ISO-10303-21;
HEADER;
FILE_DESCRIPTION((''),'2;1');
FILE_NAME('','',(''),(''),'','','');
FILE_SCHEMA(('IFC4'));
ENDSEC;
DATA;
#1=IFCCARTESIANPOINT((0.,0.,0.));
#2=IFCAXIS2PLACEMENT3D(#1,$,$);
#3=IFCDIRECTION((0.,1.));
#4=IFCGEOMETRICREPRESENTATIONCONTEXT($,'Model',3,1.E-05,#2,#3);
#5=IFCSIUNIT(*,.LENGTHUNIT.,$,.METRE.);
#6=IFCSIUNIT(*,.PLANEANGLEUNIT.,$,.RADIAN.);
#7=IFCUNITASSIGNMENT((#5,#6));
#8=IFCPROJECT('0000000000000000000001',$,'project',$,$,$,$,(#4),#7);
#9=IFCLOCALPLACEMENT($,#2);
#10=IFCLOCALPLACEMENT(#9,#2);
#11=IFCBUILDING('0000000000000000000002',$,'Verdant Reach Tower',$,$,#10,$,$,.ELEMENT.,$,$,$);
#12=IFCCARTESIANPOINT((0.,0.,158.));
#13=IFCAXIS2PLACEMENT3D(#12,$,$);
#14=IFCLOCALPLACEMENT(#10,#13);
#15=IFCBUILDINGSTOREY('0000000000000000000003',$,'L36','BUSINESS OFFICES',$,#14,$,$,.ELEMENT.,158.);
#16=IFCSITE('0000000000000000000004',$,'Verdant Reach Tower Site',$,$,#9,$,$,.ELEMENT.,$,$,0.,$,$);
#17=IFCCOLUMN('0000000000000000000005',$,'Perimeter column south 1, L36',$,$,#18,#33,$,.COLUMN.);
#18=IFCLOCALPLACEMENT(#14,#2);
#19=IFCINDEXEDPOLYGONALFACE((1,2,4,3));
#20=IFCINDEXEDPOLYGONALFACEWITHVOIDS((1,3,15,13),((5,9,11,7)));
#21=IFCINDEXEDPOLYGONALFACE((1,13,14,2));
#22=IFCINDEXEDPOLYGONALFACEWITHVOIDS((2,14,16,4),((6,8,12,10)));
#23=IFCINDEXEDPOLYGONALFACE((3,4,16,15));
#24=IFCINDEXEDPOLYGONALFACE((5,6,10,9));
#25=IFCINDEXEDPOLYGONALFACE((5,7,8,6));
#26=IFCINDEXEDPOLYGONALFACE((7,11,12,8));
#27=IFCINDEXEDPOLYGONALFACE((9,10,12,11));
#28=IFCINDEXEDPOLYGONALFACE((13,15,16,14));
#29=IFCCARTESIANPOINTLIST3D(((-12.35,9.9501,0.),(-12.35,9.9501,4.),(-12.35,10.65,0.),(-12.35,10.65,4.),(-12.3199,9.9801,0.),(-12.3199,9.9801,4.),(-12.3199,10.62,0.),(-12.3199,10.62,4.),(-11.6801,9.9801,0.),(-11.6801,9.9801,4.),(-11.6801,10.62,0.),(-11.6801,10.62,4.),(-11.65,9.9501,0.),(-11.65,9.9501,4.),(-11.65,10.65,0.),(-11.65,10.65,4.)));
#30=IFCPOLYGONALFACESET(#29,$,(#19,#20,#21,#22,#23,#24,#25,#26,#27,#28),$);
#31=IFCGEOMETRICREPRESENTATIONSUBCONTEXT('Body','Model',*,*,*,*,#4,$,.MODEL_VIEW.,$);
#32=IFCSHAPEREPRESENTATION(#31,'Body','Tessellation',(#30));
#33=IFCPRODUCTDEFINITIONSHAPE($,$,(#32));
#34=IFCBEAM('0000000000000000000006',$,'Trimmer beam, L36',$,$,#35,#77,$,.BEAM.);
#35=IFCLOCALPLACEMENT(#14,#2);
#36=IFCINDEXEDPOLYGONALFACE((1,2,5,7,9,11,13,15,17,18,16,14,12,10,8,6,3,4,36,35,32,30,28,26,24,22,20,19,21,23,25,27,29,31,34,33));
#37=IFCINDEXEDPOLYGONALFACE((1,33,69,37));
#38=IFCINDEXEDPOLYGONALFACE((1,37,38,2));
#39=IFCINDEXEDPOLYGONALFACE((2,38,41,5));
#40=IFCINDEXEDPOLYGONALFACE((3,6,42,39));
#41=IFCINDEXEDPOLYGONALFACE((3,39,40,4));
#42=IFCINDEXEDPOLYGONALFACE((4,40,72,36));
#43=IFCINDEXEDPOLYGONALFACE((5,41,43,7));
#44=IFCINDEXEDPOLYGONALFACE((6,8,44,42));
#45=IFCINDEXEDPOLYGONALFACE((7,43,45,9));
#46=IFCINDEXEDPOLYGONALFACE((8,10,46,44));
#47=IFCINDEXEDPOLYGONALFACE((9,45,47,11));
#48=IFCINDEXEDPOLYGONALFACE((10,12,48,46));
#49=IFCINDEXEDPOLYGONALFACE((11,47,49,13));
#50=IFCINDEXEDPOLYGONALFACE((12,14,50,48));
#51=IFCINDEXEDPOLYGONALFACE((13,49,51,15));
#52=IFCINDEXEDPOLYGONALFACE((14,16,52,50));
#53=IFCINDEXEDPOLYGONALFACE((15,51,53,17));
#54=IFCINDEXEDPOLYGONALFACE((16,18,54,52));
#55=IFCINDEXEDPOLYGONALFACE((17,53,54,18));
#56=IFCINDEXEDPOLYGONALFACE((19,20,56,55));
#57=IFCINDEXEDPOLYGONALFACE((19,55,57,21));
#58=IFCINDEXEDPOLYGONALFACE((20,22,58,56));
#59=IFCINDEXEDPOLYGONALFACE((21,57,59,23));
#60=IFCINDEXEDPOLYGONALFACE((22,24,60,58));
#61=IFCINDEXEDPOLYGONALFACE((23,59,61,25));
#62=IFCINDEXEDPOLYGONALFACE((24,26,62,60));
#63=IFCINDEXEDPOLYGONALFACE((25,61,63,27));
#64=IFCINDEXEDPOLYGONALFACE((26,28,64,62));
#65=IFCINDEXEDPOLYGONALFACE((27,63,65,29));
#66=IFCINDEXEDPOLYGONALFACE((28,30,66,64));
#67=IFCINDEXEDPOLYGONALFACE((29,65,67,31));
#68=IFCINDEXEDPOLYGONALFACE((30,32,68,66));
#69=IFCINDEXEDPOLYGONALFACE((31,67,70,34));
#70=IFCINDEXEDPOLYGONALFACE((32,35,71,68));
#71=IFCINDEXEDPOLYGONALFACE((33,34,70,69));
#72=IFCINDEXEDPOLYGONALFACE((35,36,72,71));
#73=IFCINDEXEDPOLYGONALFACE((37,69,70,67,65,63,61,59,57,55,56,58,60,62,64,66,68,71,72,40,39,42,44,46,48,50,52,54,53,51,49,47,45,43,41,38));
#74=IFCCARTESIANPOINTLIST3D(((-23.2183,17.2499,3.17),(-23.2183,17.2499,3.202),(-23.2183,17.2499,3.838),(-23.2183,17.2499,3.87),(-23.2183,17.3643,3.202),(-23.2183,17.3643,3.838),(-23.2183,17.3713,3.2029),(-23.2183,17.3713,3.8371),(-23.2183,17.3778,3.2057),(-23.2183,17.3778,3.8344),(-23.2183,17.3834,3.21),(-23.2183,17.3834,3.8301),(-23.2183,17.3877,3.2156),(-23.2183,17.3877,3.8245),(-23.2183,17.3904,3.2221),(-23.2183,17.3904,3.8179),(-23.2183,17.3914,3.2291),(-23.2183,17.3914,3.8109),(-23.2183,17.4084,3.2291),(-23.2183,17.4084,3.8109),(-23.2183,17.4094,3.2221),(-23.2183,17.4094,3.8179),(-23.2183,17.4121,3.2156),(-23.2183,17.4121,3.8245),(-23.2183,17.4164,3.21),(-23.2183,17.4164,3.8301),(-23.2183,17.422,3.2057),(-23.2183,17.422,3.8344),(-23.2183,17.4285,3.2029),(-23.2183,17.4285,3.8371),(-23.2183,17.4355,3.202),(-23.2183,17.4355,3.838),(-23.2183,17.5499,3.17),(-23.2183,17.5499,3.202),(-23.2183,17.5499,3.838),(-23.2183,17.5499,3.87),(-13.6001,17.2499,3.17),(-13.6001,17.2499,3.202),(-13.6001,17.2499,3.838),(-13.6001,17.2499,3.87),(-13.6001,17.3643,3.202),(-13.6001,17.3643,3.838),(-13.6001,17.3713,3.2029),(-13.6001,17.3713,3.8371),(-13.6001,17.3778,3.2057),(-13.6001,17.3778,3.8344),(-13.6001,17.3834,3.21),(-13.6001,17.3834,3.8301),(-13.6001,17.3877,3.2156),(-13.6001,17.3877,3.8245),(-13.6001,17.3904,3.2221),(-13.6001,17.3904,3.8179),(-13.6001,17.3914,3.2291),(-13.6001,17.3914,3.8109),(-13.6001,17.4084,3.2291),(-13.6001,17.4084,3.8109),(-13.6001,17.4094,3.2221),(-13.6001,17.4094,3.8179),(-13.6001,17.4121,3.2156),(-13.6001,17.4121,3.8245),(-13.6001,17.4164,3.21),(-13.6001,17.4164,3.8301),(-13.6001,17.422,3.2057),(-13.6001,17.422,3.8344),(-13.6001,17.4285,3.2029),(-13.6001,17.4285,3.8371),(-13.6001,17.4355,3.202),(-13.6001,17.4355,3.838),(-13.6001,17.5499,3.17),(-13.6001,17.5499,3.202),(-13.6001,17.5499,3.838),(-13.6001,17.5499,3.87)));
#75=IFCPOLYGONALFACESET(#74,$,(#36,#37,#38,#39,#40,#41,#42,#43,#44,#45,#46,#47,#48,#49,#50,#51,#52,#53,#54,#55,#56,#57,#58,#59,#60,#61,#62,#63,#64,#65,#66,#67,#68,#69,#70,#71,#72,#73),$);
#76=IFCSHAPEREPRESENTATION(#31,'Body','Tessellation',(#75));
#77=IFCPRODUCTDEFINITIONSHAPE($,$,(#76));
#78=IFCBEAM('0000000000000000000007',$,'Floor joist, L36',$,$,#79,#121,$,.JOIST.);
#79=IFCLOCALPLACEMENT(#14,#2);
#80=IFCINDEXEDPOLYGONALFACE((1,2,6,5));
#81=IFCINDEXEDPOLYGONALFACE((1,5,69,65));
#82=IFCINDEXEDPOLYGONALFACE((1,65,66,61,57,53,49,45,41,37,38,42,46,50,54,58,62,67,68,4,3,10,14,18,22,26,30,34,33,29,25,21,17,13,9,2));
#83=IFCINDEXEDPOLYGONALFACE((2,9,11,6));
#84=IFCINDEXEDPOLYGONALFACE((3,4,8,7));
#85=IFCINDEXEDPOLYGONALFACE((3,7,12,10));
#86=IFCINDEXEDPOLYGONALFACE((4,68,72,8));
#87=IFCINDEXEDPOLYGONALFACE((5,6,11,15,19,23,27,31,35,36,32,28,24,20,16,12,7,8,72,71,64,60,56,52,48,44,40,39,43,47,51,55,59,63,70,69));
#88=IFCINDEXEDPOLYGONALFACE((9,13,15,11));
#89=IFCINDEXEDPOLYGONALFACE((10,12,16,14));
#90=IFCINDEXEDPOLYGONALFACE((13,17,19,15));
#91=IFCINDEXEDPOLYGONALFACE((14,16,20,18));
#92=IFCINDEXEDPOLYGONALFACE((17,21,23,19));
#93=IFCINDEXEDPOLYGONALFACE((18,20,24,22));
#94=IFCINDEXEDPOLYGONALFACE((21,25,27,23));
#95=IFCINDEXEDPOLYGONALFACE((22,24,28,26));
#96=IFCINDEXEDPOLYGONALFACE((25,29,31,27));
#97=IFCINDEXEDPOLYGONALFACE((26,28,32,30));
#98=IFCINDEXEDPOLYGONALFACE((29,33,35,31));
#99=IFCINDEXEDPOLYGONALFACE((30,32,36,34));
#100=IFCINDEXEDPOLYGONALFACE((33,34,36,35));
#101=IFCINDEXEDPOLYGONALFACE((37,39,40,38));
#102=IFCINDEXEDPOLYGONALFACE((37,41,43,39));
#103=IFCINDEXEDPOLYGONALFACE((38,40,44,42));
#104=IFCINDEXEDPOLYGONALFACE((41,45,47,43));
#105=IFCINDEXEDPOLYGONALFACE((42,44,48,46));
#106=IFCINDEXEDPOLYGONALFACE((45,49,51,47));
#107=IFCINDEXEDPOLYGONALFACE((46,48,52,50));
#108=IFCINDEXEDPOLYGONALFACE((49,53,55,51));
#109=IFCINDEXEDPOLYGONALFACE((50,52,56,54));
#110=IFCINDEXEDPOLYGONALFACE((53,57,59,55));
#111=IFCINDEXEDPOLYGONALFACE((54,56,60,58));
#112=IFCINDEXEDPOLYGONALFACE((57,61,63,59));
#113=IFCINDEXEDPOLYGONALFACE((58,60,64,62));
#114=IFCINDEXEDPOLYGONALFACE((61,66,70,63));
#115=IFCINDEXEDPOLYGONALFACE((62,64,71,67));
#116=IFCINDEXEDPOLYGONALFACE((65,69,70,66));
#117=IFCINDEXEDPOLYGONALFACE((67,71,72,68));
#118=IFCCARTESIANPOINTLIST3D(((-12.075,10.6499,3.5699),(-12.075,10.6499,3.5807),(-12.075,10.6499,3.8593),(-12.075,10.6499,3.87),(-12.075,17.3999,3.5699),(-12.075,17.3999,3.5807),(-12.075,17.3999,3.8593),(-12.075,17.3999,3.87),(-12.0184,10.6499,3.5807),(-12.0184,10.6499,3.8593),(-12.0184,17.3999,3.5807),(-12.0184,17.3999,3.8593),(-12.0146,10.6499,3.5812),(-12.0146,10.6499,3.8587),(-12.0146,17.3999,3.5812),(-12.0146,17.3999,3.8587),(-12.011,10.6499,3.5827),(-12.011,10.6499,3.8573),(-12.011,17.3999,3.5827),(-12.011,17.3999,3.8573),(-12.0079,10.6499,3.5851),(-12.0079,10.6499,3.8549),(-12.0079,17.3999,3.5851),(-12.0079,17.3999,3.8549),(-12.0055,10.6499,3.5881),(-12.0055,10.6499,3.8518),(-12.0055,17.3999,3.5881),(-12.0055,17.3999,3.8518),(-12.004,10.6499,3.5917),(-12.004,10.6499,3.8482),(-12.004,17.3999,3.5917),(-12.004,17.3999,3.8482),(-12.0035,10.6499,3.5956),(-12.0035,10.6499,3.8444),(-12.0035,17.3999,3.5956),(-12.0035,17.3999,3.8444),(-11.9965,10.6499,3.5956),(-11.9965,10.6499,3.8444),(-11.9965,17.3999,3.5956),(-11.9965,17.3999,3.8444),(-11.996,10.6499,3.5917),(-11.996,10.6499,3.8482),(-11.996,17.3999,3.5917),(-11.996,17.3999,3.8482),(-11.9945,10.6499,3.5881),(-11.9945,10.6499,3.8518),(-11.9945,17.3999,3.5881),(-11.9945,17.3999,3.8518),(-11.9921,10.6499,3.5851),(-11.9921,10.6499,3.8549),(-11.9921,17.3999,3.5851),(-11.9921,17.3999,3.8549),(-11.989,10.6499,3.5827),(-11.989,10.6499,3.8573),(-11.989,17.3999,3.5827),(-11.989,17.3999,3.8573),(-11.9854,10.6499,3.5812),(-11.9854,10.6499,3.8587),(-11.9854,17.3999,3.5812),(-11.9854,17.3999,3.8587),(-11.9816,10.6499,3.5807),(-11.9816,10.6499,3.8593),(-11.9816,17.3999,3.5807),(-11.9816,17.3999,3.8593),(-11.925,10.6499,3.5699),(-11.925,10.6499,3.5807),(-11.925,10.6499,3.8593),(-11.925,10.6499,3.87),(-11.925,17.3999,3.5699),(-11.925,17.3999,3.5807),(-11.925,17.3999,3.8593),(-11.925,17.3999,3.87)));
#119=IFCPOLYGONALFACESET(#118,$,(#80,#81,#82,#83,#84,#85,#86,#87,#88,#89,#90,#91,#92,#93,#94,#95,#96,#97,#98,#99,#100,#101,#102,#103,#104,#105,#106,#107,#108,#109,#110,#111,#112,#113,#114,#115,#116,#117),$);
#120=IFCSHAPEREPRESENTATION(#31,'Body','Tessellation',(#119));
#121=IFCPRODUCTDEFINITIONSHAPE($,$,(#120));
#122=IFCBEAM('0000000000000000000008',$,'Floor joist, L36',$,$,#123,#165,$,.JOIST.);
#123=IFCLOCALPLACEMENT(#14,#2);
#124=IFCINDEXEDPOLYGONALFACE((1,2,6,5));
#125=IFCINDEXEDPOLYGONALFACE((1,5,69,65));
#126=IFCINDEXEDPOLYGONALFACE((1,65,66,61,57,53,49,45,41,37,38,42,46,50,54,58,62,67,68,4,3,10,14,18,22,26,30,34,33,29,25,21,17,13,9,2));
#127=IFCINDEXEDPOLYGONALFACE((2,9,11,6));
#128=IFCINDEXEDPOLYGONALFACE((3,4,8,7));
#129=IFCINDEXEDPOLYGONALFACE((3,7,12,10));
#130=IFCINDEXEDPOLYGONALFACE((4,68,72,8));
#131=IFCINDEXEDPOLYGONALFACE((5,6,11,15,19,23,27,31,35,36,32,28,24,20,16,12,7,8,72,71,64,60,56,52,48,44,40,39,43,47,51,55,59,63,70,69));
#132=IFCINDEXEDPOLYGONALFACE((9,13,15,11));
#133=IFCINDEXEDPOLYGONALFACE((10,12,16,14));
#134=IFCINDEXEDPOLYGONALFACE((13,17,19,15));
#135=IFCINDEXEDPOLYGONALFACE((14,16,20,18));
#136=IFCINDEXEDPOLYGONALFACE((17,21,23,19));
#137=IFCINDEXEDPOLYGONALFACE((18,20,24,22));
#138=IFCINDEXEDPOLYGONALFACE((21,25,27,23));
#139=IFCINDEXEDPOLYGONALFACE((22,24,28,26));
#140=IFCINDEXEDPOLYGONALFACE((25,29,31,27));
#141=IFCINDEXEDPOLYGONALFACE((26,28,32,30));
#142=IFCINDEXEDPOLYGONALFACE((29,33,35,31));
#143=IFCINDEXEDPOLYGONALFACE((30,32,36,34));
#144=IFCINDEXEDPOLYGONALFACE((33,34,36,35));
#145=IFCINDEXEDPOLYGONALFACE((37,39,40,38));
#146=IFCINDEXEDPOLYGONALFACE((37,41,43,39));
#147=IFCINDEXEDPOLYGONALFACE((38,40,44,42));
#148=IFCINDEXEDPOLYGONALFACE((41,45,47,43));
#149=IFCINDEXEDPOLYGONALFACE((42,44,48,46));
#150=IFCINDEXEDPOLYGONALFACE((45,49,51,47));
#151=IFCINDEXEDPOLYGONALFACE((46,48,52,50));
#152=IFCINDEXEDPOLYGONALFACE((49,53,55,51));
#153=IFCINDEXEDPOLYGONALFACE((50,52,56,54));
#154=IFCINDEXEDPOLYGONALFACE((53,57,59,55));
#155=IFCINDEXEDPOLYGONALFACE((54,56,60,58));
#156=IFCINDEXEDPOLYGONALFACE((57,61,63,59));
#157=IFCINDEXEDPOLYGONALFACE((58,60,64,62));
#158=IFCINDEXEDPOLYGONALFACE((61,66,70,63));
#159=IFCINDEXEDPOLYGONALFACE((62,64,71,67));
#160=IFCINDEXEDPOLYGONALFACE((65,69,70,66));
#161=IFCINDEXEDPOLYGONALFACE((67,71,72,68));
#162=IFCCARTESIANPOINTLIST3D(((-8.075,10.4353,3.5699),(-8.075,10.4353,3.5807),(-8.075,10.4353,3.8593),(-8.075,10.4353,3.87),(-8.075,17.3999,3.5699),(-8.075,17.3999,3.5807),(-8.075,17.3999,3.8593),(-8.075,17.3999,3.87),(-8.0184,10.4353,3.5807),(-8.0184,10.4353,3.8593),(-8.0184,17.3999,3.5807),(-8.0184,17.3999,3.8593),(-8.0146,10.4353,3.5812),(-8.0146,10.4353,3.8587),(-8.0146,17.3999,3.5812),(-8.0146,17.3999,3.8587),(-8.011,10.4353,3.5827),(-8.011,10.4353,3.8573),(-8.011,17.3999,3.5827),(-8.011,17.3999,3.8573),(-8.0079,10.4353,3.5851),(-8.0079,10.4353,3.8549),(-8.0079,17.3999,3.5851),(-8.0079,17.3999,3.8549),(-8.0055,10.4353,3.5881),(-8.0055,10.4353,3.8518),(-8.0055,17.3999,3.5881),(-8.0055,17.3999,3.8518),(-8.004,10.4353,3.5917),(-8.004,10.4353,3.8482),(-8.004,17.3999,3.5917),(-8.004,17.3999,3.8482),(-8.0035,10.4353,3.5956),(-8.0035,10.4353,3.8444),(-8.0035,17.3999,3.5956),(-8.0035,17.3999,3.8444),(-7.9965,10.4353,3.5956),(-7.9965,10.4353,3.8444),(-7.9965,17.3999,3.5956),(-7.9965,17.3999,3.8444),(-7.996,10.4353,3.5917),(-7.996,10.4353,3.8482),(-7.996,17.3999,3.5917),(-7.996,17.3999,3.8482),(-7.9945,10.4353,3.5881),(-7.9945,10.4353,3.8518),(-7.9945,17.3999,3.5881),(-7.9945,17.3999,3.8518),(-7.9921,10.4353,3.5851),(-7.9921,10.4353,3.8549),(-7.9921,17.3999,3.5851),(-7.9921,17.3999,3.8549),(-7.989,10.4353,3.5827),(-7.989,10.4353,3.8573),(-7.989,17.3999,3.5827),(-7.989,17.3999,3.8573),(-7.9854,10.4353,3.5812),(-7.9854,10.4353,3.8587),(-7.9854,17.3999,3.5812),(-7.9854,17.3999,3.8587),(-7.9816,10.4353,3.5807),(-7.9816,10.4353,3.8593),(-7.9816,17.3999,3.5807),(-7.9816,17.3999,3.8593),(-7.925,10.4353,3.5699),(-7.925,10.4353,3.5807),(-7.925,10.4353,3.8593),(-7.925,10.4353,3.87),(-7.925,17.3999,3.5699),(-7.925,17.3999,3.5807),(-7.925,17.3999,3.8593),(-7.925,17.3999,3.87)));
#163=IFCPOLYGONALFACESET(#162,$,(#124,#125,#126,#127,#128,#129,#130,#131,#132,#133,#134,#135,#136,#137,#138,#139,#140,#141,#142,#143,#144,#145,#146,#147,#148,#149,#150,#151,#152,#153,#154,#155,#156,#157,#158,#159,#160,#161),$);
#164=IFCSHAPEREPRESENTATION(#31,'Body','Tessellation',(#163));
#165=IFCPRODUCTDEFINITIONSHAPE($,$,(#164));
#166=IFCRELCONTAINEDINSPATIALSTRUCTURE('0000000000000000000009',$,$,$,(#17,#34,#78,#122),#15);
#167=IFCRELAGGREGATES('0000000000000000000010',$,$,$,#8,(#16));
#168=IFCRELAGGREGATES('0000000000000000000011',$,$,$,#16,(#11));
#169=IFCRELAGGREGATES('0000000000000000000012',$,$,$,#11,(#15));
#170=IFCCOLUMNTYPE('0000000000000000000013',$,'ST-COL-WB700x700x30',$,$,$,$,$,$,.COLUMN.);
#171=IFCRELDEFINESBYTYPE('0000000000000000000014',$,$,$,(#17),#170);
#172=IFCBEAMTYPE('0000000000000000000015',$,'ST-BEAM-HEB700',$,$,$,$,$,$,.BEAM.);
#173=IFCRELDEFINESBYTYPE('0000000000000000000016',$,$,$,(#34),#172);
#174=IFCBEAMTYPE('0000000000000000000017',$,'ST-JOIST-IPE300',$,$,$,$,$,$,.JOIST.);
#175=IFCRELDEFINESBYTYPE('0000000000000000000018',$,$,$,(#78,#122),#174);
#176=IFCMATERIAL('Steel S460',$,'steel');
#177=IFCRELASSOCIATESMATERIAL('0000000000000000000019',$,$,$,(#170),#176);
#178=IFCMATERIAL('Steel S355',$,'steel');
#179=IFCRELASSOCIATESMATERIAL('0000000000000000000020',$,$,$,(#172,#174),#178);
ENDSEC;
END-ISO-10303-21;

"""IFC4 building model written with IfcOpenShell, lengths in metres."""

from ifc_helpers import new_model, si_unit, direction, frame, origin, origin_2d, place, context, subcontext, project, spatial, hollow_rectangle, i_section, extrude, material, material_profile, profile_set, type_object, element, save


model = new_model("IFC4")

# Units and contexts
model_context = context("Model", 3, precision=1e-05, world=origin(), true_north=direction((0.0, 1.0)))
body_context = subcontext(model_context, "Body", "Model", "MODEL_VIEW")
ifc_project = project(units=[si_unit("LENGTHUNIT", "METRE"), si_unit("PLANEANGLEUNIT", "RADIAN")], contexts=[model_context])

# Site, building, storey
site_placement = place(None, origin())
site = spatial("IfcSite", under=ifc_project, at=site_placement, Name="Verdant Reach Tower Site", CompositionType="ELEMENT", RefElevation=0.0)
building_placement = place(site_placement, origin())
building = spatial("IfcBuilding", under=site, at=building_placement, Name="Verdant Reach Tower", CompositionType="ELEMENT")
storey_placement = place(building_placement, frame((0.0, 0.0, 158.0)))
storey = spatial("IfcBuildingStorey", under=building, at=storey_placement, Name="L36", Description="BUSINESS OFFICES", CompositionType="ELEMENT", Elevation=158.0)

# Column
ifc_material_1 = material(Name="Steel S460", Category="steel")
ifc_material_profile_1 = material_profile(ifc_material_1, hollow_rectangle(XDim=0.7, YDim=0.7, WallThickness=0.03, at=origin_2d()), Name="WB 700x700x30")
ifc_profile_set_1 = profile_set([ifc_material_profile_1], Name="Steel S460")
column_type = type_object("IfcColumnType", Name="ST-COL-WB700x700x30", PredefinedType="COLUMN", material=ifc_profile_set_1)
column_placement = place(storey_placement, frame((-12.0, 10.3, 0.0), z_axis=(0.0, 0.0, 1.0), x_axis=(1.0, 0.0, 0.0)))
element("IfcColumn", 1, at=column_placement, inside=storey, type_object=column_type, Name="Perimeter column south 1, L36", PredefinedType="COLUMN", context=body_context, shape_type="SweptSolid", body=[
    extrude(hollow_rectangle(XDim=0.7, YDim=0.7, WallThickness=0.03, at=origin_2d()), origin(), (0.0, 0.0, 1.0), 4.0),
])

# Beams
ifc_material_2 = material(Name="Steel S355", Category="steel")
ifc_material_profile_2 = material_profile(ifc_material_2, i_section(OverallWidth=0.3, OverallDepth=0.7, WebThickness=0.0171, FlangeThickness=0.032, FilletRadius=0.0271, at=origin_2d()), Name="HEB 700")
ifc_profile_set_2 = profile_set([ifc_material_profile_2], Name="Steel S355")
beam_type_1 = type_object("IfcBeamType", Name="ST-BEAM-HEB700", PredefinedType="BEAM", material=ifc_profile_set_2)
beam_1_placement = place(storey_placement, frame((-13.6001, 17.3999, 3.52), z_axis=(-1.0, 0.0, 0.0), x_axis=(0.0, -1.0, 0.0)))
element("IfcBeam", 2, at=beam_1_placement, inside=storey, type_object=beam_type_1, Name="Trimmer beam, L36", PredefinedType="BEAM", context=body_context, shape_type="SweptSolid", body=[
    extrude(i_section(OverallWidth=0.3, OverallDepth=0.7, WebThickness=0.0171, FlangeThickness=0.032, FilletRadius=0.0271, at=origin_2d()), origin(), (0.0, 0.0, 1.0), 9.6182),
])
ifc_material_profile_3 = material_profile(ifc_material_2, i_section(OverallWidth=0.1499, OverallDepth=0.3, WebThickness=0.0071, FlangeThickness=0.0107, FilletRadius=0.0149, at=origin_2d()), Name="IPE 300")
ifc_profile_set_3 = profile_set([ifc_material_profile_3], Name="Steel S355")
beam_type_2 = type_object("IfcBeamType", Name="ST-JOIST-IPE300", PredefinedType="JOIST", material=ifc_profile_set_3)
beam_2_placement = place(storey_placement, frame((-12.0, 17.3999, 3.72), z_axis=(0.0, -1.0, 0.0), x_axis=(1.0, 0.0, 0.0)))
element("IfcBeam", 3, at=beam_2_placement, inside=storey, type_object=beam_type_2, Name="Floor joist, L36", PredefinedType="JOIST", context=body_context, shape_type="SweptSolid", body=[
    extrude(i_section(OverallWidth=0.1499, OverallDepth=0.3, WebThickness=0.0071, FlangeThickness=0.0107, FilletRadius=0.0149, at=origin_2d()), origin(), (0.0, 0.0, 1.0), 6.75),
])
beam_3_placement = place(storey_placement, frame((-8.0, 17.3999, 3.72), z_axis=(0.0, -1.0, 0.0), x_axis=(1.0, 0.0, 0.0)))
element("IfcBeam", 4, at=beam_3_placement, inside=storey, type_object=beam_type_2, Name="Floor joist, L36", PredefinedType="JOIST", context=body_context, shape_type="SweptSolid", body=[
    extrude(i_section(OverallWidth=0.1499, OverallDepth=0.3, WebThickness=0.0071, FlangeThickness=0.0107, FilletRadius=0.0149, at=origin_2d()), origin(), (0.0, 0.0, 1.0), 6.9646),
])

save(model, "model.ifc")
